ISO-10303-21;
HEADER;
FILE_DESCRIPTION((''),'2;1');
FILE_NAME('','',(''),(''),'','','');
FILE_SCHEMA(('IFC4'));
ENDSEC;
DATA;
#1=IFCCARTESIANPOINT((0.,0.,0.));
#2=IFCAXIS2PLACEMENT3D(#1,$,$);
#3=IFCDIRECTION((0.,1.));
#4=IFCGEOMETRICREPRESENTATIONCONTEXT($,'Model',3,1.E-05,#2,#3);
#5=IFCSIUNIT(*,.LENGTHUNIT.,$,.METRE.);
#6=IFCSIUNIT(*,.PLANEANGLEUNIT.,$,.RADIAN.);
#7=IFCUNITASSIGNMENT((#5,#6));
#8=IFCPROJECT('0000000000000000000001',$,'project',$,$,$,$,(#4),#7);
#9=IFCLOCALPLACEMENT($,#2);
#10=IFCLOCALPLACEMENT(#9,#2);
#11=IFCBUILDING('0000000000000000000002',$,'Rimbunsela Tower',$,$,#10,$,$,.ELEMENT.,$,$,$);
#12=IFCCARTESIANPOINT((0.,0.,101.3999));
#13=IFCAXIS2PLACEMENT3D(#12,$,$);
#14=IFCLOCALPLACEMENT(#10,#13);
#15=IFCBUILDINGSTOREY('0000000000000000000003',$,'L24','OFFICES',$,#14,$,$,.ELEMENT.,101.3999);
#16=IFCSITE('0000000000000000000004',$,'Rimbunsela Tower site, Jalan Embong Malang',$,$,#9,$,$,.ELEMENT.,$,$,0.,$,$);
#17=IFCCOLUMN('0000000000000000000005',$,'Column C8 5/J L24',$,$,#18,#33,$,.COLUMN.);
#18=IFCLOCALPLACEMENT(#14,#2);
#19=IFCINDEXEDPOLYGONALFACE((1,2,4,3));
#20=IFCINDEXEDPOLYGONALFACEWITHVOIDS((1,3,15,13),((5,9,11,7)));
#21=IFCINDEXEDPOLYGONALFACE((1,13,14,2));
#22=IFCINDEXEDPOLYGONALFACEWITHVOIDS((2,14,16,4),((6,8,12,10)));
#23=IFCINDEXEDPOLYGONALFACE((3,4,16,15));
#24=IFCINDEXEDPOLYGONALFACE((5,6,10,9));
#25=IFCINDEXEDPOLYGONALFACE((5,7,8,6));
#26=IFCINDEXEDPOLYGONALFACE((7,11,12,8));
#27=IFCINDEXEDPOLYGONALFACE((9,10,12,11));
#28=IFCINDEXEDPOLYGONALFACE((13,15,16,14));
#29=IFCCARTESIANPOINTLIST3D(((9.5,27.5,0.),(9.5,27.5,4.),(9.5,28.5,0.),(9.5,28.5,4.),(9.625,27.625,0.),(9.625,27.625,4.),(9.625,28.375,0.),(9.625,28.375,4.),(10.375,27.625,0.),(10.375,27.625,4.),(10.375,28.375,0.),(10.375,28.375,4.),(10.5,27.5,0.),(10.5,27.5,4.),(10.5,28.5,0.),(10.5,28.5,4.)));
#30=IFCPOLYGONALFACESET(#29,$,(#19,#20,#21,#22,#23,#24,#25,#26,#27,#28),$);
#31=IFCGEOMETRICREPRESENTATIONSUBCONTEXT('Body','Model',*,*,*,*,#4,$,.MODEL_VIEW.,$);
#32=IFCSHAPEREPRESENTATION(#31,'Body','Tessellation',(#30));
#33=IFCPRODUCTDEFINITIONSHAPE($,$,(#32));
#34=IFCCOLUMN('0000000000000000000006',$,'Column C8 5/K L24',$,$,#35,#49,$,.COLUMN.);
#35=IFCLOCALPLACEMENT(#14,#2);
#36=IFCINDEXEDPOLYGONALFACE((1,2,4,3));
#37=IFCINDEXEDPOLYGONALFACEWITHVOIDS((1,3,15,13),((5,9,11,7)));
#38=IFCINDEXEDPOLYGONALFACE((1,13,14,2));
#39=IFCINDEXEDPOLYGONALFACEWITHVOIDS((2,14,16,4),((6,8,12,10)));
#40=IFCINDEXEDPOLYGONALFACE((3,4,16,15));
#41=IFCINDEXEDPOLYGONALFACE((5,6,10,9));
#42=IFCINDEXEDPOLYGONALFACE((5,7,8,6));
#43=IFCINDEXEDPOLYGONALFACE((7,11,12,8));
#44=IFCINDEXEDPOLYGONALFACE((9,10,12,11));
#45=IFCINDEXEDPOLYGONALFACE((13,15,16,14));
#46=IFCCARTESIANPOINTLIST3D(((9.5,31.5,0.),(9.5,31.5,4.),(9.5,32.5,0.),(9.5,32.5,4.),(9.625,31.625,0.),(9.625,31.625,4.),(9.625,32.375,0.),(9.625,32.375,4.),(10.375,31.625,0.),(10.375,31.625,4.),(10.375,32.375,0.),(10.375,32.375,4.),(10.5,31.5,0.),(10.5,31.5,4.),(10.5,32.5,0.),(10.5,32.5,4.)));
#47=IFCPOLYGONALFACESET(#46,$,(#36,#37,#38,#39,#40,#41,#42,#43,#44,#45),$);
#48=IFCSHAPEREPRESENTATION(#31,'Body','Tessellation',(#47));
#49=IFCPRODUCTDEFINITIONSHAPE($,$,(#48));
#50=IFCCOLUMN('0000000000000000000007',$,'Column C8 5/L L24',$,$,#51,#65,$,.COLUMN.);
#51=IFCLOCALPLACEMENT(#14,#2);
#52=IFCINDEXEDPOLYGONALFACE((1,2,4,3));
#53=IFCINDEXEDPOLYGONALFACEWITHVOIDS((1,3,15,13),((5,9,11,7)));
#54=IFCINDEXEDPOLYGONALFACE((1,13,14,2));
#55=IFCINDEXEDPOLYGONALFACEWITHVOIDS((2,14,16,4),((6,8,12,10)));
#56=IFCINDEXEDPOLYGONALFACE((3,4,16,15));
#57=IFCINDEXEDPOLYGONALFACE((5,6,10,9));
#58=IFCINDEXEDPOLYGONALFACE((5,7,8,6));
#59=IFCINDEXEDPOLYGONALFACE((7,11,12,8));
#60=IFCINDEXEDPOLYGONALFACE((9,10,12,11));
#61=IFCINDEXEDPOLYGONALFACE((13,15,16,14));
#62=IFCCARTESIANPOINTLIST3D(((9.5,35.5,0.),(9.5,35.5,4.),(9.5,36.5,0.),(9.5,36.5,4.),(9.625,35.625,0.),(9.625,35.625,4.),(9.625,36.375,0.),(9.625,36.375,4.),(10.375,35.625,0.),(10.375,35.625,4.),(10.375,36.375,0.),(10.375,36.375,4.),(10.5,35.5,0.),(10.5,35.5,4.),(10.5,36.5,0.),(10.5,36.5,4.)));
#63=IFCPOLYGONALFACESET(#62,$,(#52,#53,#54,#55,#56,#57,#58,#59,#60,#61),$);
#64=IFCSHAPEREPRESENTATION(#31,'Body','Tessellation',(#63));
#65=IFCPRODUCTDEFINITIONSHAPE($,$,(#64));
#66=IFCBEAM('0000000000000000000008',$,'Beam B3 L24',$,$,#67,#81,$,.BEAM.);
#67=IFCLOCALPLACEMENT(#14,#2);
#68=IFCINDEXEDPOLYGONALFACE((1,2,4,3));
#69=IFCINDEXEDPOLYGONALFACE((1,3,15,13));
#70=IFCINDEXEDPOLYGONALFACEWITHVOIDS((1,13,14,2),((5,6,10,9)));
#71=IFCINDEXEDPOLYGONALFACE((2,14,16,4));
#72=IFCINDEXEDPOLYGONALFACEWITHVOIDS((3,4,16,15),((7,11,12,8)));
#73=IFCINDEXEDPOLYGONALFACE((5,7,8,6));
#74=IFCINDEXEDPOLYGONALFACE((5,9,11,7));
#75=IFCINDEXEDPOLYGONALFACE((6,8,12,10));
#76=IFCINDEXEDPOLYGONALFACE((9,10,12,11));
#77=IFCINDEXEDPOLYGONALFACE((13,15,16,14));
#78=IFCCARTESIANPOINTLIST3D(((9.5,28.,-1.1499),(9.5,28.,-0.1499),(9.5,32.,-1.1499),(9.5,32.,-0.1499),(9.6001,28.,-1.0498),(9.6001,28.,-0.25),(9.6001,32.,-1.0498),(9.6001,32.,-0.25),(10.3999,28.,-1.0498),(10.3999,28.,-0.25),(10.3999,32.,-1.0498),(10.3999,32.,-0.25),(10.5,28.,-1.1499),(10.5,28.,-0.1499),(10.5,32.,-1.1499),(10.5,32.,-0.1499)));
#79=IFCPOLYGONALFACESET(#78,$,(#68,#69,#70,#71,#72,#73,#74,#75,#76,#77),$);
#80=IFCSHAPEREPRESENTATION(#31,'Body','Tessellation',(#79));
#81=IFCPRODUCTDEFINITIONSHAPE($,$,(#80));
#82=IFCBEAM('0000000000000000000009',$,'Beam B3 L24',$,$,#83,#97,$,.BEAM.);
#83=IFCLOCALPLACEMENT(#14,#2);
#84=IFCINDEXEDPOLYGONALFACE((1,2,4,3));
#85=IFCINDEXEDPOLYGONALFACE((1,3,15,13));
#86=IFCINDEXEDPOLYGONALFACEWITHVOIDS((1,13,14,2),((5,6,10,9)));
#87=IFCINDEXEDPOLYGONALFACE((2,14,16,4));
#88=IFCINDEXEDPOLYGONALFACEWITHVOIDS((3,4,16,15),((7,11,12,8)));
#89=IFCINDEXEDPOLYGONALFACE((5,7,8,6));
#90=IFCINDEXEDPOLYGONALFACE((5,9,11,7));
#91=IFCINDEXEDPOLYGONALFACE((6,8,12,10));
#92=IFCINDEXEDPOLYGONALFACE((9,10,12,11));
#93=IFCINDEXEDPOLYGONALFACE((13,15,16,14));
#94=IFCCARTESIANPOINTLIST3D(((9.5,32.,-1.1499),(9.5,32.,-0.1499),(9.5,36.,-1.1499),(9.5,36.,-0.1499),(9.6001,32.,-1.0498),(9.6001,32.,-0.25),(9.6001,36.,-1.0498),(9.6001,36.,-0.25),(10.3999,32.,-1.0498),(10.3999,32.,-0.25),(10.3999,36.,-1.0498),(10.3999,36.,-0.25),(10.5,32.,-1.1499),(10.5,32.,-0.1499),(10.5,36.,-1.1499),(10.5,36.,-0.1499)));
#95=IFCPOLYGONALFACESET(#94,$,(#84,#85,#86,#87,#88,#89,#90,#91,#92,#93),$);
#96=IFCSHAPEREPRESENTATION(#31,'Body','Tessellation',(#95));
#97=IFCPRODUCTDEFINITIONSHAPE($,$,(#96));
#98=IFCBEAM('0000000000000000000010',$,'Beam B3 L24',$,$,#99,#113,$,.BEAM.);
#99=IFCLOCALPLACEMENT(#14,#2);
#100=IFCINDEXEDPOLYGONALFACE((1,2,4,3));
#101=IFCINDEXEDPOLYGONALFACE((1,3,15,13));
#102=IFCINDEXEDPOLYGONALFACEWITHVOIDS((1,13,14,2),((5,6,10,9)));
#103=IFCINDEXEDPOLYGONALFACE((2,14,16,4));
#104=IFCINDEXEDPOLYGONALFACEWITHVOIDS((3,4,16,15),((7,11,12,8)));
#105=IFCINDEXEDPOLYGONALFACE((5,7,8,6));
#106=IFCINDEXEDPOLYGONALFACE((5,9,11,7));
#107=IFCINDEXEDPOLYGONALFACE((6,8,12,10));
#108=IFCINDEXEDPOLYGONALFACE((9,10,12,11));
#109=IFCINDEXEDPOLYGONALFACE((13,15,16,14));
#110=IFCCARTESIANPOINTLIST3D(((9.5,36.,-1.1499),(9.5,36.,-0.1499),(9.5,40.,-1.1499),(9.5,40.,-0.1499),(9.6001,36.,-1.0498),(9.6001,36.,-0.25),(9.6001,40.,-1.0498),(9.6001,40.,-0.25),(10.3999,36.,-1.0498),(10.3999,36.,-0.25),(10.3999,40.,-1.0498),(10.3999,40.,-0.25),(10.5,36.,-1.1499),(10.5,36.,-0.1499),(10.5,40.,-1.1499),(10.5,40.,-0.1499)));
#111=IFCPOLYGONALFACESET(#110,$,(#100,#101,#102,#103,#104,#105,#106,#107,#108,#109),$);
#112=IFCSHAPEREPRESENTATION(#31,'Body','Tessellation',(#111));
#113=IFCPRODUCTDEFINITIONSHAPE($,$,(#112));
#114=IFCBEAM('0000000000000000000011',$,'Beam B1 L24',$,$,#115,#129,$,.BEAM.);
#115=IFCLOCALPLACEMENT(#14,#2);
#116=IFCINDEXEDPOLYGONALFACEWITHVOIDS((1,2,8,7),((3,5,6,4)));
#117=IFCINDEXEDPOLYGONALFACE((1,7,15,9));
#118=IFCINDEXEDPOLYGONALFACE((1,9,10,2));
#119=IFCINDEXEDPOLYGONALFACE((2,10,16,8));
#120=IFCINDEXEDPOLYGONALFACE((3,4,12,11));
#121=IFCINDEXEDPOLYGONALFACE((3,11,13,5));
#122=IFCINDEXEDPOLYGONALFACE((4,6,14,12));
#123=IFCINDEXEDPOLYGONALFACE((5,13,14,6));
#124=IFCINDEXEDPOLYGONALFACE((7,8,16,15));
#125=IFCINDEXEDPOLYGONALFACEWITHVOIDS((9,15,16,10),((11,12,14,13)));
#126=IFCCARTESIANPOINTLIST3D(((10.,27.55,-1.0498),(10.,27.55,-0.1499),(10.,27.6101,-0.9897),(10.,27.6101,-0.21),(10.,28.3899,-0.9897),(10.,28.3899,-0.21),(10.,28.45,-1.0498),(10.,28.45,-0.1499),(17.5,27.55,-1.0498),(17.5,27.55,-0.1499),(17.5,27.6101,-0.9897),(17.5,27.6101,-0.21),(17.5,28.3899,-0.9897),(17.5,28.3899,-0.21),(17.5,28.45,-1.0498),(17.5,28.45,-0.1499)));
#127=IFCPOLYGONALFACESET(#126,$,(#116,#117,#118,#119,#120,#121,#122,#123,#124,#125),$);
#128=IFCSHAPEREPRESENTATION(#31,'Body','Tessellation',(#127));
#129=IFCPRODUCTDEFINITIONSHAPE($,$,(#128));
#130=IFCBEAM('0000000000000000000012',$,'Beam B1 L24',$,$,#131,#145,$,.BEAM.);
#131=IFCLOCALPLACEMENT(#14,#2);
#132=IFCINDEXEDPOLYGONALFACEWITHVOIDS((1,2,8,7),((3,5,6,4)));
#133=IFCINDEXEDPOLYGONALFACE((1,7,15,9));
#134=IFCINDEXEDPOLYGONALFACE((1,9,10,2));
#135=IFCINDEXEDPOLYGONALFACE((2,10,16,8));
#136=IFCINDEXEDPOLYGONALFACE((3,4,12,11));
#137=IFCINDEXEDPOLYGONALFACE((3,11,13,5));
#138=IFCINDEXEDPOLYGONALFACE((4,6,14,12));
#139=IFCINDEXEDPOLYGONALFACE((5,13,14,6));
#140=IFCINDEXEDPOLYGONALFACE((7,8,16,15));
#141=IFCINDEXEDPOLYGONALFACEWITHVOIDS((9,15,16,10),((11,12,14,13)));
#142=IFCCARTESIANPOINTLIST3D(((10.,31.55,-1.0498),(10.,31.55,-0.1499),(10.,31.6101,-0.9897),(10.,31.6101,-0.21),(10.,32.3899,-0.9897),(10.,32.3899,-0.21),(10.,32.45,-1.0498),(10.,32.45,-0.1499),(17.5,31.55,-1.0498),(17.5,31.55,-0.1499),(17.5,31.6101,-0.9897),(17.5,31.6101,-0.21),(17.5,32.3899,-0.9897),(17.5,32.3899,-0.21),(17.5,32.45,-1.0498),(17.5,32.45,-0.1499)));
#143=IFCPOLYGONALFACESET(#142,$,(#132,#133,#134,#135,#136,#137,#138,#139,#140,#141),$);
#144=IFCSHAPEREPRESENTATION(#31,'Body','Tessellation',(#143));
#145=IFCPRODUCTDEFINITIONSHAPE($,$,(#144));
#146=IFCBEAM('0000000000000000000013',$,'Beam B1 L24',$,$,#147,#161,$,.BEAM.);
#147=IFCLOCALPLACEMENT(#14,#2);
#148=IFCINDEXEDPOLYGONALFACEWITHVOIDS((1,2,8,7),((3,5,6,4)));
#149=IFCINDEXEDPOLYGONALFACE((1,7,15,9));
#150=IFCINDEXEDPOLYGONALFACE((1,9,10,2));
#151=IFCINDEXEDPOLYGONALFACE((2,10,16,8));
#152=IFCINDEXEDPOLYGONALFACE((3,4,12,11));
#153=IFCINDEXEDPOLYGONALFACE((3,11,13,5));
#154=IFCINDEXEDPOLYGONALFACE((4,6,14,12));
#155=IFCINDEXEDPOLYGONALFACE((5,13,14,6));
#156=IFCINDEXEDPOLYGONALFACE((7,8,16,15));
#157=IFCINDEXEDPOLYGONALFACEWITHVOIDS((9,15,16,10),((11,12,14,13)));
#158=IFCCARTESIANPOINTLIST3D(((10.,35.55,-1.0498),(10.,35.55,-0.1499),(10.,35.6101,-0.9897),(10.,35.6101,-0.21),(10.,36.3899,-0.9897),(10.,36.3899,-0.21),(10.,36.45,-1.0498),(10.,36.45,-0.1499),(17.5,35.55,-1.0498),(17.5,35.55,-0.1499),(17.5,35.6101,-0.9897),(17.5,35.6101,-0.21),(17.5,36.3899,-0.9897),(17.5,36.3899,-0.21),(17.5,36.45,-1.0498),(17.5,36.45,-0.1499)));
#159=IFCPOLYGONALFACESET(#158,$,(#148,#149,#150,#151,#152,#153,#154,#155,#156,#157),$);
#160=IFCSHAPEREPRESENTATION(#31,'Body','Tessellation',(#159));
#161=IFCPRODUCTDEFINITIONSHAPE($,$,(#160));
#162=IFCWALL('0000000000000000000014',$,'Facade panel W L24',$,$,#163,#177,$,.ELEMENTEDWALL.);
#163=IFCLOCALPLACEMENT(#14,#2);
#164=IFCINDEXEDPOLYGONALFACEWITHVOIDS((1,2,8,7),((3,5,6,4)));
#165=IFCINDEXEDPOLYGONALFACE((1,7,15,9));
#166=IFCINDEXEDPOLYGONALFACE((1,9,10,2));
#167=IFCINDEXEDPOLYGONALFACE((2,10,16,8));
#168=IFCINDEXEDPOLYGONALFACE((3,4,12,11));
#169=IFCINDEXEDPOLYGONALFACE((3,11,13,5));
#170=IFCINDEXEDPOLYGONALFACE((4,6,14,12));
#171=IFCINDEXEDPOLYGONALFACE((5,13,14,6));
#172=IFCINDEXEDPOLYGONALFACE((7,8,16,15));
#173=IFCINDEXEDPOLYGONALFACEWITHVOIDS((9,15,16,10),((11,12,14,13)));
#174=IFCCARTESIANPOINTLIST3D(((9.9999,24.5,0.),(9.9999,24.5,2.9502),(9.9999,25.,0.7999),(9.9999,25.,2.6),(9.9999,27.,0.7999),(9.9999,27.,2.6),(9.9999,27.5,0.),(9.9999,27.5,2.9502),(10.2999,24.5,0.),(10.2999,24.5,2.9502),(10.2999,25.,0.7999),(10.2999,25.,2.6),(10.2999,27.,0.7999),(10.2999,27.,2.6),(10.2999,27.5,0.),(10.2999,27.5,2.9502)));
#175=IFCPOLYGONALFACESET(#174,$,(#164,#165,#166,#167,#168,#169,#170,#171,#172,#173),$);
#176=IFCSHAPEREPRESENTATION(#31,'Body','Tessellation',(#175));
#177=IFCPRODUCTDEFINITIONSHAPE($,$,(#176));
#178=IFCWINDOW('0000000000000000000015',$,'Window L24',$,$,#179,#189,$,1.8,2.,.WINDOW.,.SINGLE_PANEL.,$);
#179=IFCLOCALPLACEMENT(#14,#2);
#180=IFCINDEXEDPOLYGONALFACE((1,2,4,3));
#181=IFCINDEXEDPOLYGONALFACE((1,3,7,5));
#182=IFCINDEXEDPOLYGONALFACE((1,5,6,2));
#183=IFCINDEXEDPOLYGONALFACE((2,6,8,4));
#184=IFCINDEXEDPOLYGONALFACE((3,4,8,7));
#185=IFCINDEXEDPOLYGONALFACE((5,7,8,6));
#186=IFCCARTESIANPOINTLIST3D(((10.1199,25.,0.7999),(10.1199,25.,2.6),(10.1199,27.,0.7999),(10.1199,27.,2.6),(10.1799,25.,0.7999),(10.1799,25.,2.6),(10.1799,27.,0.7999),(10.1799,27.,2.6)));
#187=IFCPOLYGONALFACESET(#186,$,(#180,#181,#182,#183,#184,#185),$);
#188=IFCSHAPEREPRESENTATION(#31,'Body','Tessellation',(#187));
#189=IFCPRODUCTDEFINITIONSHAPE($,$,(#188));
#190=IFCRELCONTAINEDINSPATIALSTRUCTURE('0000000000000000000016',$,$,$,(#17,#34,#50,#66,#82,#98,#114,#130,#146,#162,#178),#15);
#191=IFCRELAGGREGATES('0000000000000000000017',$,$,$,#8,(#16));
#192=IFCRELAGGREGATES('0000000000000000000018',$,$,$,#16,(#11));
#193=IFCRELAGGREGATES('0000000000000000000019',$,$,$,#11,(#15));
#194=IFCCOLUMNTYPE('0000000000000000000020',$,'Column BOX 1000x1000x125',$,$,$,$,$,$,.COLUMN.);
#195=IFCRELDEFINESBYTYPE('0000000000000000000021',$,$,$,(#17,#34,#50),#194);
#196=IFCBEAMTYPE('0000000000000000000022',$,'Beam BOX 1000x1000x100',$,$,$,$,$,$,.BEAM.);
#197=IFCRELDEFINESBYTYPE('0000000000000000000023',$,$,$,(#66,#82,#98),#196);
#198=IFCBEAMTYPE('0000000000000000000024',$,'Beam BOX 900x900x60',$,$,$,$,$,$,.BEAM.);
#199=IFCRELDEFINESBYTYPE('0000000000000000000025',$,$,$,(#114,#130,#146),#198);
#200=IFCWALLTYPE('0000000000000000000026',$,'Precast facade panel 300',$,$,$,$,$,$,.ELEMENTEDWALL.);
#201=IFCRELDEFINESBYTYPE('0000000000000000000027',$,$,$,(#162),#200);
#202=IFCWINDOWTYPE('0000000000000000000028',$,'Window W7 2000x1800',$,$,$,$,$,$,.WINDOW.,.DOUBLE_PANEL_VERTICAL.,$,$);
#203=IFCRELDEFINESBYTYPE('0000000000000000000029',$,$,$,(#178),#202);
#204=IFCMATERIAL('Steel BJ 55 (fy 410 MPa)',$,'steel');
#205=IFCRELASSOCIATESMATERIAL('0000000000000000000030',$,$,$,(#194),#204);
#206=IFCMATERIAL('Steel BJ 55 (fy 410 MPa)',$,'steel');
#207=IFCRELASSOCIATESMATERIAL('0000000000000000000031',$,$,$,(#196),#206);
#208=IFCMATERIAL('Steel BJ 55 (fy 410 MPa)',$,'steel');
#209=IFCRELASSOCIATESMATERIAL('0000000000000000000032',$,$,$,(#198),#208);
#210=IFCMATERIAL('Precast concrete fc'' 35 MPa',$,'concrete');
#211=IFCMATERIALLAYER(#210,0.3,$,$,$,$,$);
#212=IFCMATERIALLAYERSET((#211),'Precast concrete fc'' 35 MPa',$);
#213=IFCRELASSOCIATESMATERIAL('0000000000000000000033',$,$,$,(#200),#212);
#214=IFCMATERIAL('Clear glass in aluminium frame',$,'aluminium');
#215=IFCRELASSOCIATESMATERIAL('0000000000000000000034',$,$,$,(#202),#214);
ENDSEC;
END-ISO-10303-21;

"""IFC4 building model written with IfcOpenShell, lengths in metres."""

from ifc_helpers import new_model, si_unit, direction, frame, frame_2d, origin, origin_2d, place, context, subcontext, project, spatial, rectangle, hollow_rectangle, extrude, material, layer, layer_set, material_profile, profile_set, type_object, element, fill, save


model = new_model("IFC4")

# Units and contexts
model_context = context("Model", 3, precision=1e-05, world=origin(), true_north=direction((0.0, 1.0)))
body_context = subcontext(model_context, "Body", "Model", "MODEL_VIEW")
ifc_project = project(units=[si_unit("LENGTHUNIT", "METRE"), si_unit("PLANEANGLEUNIT", "RADIAN")], contexts=[model_context])

# Site, building, storey
site_placement = place(None, origin())
site = spatial("IfcSite", under=ifc_project, at=site_placement, Name="Rimbunsela Tower site, Jalan Embong Malang", CompositionType="ELEMENT", RefElevation=0.0)
building_placement = place(site_placement, origin())
building = spatial("IfcBuilding", under=site, at=building_placement, Name="Rimbunsela Tower", CompositionType="ELEMENT")
storey_placement = place(building_placement, frame((0.0, 0.0, 101.3999)))
storey = spatial("IfcBuildingStorey", under=building, at=storey_placement, Name="L24", Description="OFFICES", CompositionType="ELEMENT", Elevation=101.3999)

# Columns
ifc_material_1 = material(Name="Steel BJ 55 (fy 410 MPa)", Category="steel")
ifc_material_profile_1 = material_profile(ifc_material_1, hollow_rectangle(XDim=1.0, YDim=1.0, WallThickness=0.125, at=origin_2d()), Name="BOX 1000x1000x125")
ifc_profile_set_1 = profile_set([ifc_material_profile_1], Name="Steel BJ 55 (fy 410 MPa)")
column_type = type_object("IfcColumnType", Name="Column BOX 1000x1000x125", PredefinedType="COLUMN", material=ifc_profile_set_1)
for number, where, z_axis, x_axis, name in (
    (1, (10.0, 28.0, 0.0), (0.0, 0.0, 1.0), (1.0, 0.0, 0.0), "Column C8 5/J L24"),
    (2, (10.0, 32.0, 0.0), (0.0, 0.0, 1.0), (1.0, 0.0, 0.0), "Column C8 5/K L24"),
    (3, (10.0, 36.0, 0.0), (0.0, 0.0, 1.0), (1.0, 0.0, 0.0), "Column C8 5/L L24"),
):
    element("IfcColumn", number, at=place(storey_placement, frame(where, z_axis=z_axis, x_axis=x_axis)), inside=storey, type_object=column_type, Name=name, PredefinedType="COLUMN", context=body_context, shape_type="SweptSolid", body=[
        extrude(hollow_rectangle(XDim=1.0, YDim=1.0, WallThickness=0.125, at=origin_2d()), origin(), (0.0, 0.0, 1.0), 4.0),
    ])

# Beams
ifc_material_2 = material(Name="Steel BJ 55 (fy 410 MPa)", Category="steel")
ifc_material_profile_2 = material_profile(ifc_material_2, hollow_rectangle(XDim=1.0, YDim=1.0, WallThickness=0.1001, at=origin_2d()), Name="BOX 1000x1000x100")
ifc_profile_set_2 = profile_set([ifc_material_profile_2], Name="Steel BJ 55 (fy 410 MPa)")
beam_type_1 = type_object("IfcBeamType", Name="Beam BOX 1000x1000x100", PredefinedType="BEAM", material=ifc_profile_set_2)
for number, where, z_axis, x_axis, name in (
    (4, (10.0, 28.0, -0.6499), (0.0, 1.0, 0.0), (-1.0, 0.0, 0.0), "Beam B3 L24"),
    (5, (10.0, 32.0, -0.6499), (0.0, 1.0, 0.0), (-1.0, 0.0, 0.0), "Beam B3 L24"),
    (6, (10.0, 36.0, -0.6499), (0.0, 1.0, 0.0), (-1.0, 0.0, 0.0), "Beam B3 L24"),
):
    element("IfcBeam", number, at=place(storey_placement, frame(where, z_axis=z_axis, x_axis=x_axis)), inside=storey, type_object=beam_type_1, Name=name, PredefinedType="BEAM", context=body_context, shape_type="SweptSolid", body=[
        extrude(hollow_rectangle(XDim=1.0, YDim=1.0, WallThickness=0.1001, at=origin_2d()), origin(), (0.0, 0.0, 1.0), 4.0),
    ])
ifc_material_3 = material(Name="Steel BJ 55 (fy 410 MPa)", Category="steel")
ifc_material_profile_3 = material_profile(ifc_material_3, hollow_rectangle(XDim=0.8999, YDim=0.8999, WallThickness=0.0601, at=origin_2d()), Name="BOX 900x900x60")
ifc_profile_set_3 = profile_set([ifc_material_profile_3], Name="Steel BJ 55 (fy 410 MPa)")
beam_type_2 = type_object("IfcBeamType", Name="Beam BOX 900x900x60", PredefinedType="BEAM", material=ifc_profile_set_3)
for number, where, z_axis, x_axis, name in (
    (7, (10.0, 28.0, -0.5999), (1.0, 0.0, 0.0), (0.0, 1.0, 0.0), "Beam B1 L24"),
    (8, (10.0, 32.0, -0.5999), (1.0, 0.0, 0.0), (0.0, 1.0, 0.0), "Beam B1 L24"),
    (9, (10.0, 36.0, -0.5999), (1.0, 0.0, 0.0), (0.0, 1.0, 0.0), "Beam B1 L24"),
):
    element("IfcBeam", number, at=place(storey_placement, frame(where, z_axis=z_axis, x_axis=x_axis)), inside=storey, type_object=beam_type_2, Name=name, PredefinedType="BEAM", context=body_context, shape_type="SweptSolid", body=[
        extrude(hollow_rectangle(XDim=0.8999, YDim=0.8999, WallThickness=0.0601, at=origin_2d()), origin(), (0.0, 0.0, 1.0), 7.5),
    ])

# Wall, opening, window
ifc_material_4 = material(Name="Precast concrete fc' 35 MPa", Category="concrete")
ifc_layer_1 = layer(ifc_material_4, 0.3)
ifc_layer_set_1 = layer_set([ifc_layer_1], Name="Precast concrete fc' 35 MPa")
wall_type = type_object("IfcWallType", Name="Precast facade panel 300", PredefinedType="ELEMENTEDWALL", material=ifc_layer_set_1)
wall_1_placement = place(storey_placement, frame((10.1499, 27.5, 0.0), z_axis=(0.0, 0.0, 1.0), x_axis=(0.0, -1.0, 0.0)))
wall_1 = element("IfcWall", 10, at=wall_1_placement, inside=storey, type_object=wall_type, Name="Facade panel W L24", PredefinedType="ELEMENTEDWALL", context=body_context, shape_type="SweptSolid", body=[
    extrude(rectangle(XDim=3.0, YDim=0.3, at=frame_2d((1.5, 0.0))), origin(), (0.0, 0.0, 1.0), 2.9502),
])
opening_1_placement = place(wall_1_placement, frame((0.5, 0.0, 0.8)))
opening_1 = element("IfcOpeningElement", 11, at=opening_1_placement, cuts=wall_1, PredefinedType="OPENING", context=body_context, shape_type="SweptSolid", body=[
    extrude(rectangle(XDim=2.0, YDim=1.8, at=frame_2d((1.0, 0.8999))), frame((0.0, 0.1599, 0.0), z_axis=(0.0, -1.0, 0.0), x_axis=(1.0, 0.0, 0.0)), (0.0, 0.0, 1.0), 0.3201),
])
ifc_material_5 = material(Name="Clear glass in aluminium frame", Category="aluminium")
window_type = type_object("IfcWindowType", Name="Window W7 2000x1800", PartitioningType="DOUBLE_PANEL_VERTICAL", PredefinedType="WINDOW", material=ifc_material_5)
window_1_placement = place(opening_1_placement, origin())
window_1 = element("IfcWindow", 12, at=window_1_placement, inside=storey, type_object=window_type, Name="Window L24", OverallHeight=1.8, OverallWidth=2.0, PartitioningType="SINGLE_PANEL", PredefinedType="WINDOW", context=body_context, shape_type="SweptSolid", body=[
    extrude(rectangle(XDim=2.0, YDim=1.8, at=frame_2d((1.0, 0.8999))), frame((0.0, 0.03, 0.0), z_axis=(0.0, -1.0, 0.0), x_axis=(1.0, 0.0, 0.0)), (0.0, 0.0, 1.0), 0.0601),
])
fill(opening_1, window_1)

save(model, "model.ifc")
